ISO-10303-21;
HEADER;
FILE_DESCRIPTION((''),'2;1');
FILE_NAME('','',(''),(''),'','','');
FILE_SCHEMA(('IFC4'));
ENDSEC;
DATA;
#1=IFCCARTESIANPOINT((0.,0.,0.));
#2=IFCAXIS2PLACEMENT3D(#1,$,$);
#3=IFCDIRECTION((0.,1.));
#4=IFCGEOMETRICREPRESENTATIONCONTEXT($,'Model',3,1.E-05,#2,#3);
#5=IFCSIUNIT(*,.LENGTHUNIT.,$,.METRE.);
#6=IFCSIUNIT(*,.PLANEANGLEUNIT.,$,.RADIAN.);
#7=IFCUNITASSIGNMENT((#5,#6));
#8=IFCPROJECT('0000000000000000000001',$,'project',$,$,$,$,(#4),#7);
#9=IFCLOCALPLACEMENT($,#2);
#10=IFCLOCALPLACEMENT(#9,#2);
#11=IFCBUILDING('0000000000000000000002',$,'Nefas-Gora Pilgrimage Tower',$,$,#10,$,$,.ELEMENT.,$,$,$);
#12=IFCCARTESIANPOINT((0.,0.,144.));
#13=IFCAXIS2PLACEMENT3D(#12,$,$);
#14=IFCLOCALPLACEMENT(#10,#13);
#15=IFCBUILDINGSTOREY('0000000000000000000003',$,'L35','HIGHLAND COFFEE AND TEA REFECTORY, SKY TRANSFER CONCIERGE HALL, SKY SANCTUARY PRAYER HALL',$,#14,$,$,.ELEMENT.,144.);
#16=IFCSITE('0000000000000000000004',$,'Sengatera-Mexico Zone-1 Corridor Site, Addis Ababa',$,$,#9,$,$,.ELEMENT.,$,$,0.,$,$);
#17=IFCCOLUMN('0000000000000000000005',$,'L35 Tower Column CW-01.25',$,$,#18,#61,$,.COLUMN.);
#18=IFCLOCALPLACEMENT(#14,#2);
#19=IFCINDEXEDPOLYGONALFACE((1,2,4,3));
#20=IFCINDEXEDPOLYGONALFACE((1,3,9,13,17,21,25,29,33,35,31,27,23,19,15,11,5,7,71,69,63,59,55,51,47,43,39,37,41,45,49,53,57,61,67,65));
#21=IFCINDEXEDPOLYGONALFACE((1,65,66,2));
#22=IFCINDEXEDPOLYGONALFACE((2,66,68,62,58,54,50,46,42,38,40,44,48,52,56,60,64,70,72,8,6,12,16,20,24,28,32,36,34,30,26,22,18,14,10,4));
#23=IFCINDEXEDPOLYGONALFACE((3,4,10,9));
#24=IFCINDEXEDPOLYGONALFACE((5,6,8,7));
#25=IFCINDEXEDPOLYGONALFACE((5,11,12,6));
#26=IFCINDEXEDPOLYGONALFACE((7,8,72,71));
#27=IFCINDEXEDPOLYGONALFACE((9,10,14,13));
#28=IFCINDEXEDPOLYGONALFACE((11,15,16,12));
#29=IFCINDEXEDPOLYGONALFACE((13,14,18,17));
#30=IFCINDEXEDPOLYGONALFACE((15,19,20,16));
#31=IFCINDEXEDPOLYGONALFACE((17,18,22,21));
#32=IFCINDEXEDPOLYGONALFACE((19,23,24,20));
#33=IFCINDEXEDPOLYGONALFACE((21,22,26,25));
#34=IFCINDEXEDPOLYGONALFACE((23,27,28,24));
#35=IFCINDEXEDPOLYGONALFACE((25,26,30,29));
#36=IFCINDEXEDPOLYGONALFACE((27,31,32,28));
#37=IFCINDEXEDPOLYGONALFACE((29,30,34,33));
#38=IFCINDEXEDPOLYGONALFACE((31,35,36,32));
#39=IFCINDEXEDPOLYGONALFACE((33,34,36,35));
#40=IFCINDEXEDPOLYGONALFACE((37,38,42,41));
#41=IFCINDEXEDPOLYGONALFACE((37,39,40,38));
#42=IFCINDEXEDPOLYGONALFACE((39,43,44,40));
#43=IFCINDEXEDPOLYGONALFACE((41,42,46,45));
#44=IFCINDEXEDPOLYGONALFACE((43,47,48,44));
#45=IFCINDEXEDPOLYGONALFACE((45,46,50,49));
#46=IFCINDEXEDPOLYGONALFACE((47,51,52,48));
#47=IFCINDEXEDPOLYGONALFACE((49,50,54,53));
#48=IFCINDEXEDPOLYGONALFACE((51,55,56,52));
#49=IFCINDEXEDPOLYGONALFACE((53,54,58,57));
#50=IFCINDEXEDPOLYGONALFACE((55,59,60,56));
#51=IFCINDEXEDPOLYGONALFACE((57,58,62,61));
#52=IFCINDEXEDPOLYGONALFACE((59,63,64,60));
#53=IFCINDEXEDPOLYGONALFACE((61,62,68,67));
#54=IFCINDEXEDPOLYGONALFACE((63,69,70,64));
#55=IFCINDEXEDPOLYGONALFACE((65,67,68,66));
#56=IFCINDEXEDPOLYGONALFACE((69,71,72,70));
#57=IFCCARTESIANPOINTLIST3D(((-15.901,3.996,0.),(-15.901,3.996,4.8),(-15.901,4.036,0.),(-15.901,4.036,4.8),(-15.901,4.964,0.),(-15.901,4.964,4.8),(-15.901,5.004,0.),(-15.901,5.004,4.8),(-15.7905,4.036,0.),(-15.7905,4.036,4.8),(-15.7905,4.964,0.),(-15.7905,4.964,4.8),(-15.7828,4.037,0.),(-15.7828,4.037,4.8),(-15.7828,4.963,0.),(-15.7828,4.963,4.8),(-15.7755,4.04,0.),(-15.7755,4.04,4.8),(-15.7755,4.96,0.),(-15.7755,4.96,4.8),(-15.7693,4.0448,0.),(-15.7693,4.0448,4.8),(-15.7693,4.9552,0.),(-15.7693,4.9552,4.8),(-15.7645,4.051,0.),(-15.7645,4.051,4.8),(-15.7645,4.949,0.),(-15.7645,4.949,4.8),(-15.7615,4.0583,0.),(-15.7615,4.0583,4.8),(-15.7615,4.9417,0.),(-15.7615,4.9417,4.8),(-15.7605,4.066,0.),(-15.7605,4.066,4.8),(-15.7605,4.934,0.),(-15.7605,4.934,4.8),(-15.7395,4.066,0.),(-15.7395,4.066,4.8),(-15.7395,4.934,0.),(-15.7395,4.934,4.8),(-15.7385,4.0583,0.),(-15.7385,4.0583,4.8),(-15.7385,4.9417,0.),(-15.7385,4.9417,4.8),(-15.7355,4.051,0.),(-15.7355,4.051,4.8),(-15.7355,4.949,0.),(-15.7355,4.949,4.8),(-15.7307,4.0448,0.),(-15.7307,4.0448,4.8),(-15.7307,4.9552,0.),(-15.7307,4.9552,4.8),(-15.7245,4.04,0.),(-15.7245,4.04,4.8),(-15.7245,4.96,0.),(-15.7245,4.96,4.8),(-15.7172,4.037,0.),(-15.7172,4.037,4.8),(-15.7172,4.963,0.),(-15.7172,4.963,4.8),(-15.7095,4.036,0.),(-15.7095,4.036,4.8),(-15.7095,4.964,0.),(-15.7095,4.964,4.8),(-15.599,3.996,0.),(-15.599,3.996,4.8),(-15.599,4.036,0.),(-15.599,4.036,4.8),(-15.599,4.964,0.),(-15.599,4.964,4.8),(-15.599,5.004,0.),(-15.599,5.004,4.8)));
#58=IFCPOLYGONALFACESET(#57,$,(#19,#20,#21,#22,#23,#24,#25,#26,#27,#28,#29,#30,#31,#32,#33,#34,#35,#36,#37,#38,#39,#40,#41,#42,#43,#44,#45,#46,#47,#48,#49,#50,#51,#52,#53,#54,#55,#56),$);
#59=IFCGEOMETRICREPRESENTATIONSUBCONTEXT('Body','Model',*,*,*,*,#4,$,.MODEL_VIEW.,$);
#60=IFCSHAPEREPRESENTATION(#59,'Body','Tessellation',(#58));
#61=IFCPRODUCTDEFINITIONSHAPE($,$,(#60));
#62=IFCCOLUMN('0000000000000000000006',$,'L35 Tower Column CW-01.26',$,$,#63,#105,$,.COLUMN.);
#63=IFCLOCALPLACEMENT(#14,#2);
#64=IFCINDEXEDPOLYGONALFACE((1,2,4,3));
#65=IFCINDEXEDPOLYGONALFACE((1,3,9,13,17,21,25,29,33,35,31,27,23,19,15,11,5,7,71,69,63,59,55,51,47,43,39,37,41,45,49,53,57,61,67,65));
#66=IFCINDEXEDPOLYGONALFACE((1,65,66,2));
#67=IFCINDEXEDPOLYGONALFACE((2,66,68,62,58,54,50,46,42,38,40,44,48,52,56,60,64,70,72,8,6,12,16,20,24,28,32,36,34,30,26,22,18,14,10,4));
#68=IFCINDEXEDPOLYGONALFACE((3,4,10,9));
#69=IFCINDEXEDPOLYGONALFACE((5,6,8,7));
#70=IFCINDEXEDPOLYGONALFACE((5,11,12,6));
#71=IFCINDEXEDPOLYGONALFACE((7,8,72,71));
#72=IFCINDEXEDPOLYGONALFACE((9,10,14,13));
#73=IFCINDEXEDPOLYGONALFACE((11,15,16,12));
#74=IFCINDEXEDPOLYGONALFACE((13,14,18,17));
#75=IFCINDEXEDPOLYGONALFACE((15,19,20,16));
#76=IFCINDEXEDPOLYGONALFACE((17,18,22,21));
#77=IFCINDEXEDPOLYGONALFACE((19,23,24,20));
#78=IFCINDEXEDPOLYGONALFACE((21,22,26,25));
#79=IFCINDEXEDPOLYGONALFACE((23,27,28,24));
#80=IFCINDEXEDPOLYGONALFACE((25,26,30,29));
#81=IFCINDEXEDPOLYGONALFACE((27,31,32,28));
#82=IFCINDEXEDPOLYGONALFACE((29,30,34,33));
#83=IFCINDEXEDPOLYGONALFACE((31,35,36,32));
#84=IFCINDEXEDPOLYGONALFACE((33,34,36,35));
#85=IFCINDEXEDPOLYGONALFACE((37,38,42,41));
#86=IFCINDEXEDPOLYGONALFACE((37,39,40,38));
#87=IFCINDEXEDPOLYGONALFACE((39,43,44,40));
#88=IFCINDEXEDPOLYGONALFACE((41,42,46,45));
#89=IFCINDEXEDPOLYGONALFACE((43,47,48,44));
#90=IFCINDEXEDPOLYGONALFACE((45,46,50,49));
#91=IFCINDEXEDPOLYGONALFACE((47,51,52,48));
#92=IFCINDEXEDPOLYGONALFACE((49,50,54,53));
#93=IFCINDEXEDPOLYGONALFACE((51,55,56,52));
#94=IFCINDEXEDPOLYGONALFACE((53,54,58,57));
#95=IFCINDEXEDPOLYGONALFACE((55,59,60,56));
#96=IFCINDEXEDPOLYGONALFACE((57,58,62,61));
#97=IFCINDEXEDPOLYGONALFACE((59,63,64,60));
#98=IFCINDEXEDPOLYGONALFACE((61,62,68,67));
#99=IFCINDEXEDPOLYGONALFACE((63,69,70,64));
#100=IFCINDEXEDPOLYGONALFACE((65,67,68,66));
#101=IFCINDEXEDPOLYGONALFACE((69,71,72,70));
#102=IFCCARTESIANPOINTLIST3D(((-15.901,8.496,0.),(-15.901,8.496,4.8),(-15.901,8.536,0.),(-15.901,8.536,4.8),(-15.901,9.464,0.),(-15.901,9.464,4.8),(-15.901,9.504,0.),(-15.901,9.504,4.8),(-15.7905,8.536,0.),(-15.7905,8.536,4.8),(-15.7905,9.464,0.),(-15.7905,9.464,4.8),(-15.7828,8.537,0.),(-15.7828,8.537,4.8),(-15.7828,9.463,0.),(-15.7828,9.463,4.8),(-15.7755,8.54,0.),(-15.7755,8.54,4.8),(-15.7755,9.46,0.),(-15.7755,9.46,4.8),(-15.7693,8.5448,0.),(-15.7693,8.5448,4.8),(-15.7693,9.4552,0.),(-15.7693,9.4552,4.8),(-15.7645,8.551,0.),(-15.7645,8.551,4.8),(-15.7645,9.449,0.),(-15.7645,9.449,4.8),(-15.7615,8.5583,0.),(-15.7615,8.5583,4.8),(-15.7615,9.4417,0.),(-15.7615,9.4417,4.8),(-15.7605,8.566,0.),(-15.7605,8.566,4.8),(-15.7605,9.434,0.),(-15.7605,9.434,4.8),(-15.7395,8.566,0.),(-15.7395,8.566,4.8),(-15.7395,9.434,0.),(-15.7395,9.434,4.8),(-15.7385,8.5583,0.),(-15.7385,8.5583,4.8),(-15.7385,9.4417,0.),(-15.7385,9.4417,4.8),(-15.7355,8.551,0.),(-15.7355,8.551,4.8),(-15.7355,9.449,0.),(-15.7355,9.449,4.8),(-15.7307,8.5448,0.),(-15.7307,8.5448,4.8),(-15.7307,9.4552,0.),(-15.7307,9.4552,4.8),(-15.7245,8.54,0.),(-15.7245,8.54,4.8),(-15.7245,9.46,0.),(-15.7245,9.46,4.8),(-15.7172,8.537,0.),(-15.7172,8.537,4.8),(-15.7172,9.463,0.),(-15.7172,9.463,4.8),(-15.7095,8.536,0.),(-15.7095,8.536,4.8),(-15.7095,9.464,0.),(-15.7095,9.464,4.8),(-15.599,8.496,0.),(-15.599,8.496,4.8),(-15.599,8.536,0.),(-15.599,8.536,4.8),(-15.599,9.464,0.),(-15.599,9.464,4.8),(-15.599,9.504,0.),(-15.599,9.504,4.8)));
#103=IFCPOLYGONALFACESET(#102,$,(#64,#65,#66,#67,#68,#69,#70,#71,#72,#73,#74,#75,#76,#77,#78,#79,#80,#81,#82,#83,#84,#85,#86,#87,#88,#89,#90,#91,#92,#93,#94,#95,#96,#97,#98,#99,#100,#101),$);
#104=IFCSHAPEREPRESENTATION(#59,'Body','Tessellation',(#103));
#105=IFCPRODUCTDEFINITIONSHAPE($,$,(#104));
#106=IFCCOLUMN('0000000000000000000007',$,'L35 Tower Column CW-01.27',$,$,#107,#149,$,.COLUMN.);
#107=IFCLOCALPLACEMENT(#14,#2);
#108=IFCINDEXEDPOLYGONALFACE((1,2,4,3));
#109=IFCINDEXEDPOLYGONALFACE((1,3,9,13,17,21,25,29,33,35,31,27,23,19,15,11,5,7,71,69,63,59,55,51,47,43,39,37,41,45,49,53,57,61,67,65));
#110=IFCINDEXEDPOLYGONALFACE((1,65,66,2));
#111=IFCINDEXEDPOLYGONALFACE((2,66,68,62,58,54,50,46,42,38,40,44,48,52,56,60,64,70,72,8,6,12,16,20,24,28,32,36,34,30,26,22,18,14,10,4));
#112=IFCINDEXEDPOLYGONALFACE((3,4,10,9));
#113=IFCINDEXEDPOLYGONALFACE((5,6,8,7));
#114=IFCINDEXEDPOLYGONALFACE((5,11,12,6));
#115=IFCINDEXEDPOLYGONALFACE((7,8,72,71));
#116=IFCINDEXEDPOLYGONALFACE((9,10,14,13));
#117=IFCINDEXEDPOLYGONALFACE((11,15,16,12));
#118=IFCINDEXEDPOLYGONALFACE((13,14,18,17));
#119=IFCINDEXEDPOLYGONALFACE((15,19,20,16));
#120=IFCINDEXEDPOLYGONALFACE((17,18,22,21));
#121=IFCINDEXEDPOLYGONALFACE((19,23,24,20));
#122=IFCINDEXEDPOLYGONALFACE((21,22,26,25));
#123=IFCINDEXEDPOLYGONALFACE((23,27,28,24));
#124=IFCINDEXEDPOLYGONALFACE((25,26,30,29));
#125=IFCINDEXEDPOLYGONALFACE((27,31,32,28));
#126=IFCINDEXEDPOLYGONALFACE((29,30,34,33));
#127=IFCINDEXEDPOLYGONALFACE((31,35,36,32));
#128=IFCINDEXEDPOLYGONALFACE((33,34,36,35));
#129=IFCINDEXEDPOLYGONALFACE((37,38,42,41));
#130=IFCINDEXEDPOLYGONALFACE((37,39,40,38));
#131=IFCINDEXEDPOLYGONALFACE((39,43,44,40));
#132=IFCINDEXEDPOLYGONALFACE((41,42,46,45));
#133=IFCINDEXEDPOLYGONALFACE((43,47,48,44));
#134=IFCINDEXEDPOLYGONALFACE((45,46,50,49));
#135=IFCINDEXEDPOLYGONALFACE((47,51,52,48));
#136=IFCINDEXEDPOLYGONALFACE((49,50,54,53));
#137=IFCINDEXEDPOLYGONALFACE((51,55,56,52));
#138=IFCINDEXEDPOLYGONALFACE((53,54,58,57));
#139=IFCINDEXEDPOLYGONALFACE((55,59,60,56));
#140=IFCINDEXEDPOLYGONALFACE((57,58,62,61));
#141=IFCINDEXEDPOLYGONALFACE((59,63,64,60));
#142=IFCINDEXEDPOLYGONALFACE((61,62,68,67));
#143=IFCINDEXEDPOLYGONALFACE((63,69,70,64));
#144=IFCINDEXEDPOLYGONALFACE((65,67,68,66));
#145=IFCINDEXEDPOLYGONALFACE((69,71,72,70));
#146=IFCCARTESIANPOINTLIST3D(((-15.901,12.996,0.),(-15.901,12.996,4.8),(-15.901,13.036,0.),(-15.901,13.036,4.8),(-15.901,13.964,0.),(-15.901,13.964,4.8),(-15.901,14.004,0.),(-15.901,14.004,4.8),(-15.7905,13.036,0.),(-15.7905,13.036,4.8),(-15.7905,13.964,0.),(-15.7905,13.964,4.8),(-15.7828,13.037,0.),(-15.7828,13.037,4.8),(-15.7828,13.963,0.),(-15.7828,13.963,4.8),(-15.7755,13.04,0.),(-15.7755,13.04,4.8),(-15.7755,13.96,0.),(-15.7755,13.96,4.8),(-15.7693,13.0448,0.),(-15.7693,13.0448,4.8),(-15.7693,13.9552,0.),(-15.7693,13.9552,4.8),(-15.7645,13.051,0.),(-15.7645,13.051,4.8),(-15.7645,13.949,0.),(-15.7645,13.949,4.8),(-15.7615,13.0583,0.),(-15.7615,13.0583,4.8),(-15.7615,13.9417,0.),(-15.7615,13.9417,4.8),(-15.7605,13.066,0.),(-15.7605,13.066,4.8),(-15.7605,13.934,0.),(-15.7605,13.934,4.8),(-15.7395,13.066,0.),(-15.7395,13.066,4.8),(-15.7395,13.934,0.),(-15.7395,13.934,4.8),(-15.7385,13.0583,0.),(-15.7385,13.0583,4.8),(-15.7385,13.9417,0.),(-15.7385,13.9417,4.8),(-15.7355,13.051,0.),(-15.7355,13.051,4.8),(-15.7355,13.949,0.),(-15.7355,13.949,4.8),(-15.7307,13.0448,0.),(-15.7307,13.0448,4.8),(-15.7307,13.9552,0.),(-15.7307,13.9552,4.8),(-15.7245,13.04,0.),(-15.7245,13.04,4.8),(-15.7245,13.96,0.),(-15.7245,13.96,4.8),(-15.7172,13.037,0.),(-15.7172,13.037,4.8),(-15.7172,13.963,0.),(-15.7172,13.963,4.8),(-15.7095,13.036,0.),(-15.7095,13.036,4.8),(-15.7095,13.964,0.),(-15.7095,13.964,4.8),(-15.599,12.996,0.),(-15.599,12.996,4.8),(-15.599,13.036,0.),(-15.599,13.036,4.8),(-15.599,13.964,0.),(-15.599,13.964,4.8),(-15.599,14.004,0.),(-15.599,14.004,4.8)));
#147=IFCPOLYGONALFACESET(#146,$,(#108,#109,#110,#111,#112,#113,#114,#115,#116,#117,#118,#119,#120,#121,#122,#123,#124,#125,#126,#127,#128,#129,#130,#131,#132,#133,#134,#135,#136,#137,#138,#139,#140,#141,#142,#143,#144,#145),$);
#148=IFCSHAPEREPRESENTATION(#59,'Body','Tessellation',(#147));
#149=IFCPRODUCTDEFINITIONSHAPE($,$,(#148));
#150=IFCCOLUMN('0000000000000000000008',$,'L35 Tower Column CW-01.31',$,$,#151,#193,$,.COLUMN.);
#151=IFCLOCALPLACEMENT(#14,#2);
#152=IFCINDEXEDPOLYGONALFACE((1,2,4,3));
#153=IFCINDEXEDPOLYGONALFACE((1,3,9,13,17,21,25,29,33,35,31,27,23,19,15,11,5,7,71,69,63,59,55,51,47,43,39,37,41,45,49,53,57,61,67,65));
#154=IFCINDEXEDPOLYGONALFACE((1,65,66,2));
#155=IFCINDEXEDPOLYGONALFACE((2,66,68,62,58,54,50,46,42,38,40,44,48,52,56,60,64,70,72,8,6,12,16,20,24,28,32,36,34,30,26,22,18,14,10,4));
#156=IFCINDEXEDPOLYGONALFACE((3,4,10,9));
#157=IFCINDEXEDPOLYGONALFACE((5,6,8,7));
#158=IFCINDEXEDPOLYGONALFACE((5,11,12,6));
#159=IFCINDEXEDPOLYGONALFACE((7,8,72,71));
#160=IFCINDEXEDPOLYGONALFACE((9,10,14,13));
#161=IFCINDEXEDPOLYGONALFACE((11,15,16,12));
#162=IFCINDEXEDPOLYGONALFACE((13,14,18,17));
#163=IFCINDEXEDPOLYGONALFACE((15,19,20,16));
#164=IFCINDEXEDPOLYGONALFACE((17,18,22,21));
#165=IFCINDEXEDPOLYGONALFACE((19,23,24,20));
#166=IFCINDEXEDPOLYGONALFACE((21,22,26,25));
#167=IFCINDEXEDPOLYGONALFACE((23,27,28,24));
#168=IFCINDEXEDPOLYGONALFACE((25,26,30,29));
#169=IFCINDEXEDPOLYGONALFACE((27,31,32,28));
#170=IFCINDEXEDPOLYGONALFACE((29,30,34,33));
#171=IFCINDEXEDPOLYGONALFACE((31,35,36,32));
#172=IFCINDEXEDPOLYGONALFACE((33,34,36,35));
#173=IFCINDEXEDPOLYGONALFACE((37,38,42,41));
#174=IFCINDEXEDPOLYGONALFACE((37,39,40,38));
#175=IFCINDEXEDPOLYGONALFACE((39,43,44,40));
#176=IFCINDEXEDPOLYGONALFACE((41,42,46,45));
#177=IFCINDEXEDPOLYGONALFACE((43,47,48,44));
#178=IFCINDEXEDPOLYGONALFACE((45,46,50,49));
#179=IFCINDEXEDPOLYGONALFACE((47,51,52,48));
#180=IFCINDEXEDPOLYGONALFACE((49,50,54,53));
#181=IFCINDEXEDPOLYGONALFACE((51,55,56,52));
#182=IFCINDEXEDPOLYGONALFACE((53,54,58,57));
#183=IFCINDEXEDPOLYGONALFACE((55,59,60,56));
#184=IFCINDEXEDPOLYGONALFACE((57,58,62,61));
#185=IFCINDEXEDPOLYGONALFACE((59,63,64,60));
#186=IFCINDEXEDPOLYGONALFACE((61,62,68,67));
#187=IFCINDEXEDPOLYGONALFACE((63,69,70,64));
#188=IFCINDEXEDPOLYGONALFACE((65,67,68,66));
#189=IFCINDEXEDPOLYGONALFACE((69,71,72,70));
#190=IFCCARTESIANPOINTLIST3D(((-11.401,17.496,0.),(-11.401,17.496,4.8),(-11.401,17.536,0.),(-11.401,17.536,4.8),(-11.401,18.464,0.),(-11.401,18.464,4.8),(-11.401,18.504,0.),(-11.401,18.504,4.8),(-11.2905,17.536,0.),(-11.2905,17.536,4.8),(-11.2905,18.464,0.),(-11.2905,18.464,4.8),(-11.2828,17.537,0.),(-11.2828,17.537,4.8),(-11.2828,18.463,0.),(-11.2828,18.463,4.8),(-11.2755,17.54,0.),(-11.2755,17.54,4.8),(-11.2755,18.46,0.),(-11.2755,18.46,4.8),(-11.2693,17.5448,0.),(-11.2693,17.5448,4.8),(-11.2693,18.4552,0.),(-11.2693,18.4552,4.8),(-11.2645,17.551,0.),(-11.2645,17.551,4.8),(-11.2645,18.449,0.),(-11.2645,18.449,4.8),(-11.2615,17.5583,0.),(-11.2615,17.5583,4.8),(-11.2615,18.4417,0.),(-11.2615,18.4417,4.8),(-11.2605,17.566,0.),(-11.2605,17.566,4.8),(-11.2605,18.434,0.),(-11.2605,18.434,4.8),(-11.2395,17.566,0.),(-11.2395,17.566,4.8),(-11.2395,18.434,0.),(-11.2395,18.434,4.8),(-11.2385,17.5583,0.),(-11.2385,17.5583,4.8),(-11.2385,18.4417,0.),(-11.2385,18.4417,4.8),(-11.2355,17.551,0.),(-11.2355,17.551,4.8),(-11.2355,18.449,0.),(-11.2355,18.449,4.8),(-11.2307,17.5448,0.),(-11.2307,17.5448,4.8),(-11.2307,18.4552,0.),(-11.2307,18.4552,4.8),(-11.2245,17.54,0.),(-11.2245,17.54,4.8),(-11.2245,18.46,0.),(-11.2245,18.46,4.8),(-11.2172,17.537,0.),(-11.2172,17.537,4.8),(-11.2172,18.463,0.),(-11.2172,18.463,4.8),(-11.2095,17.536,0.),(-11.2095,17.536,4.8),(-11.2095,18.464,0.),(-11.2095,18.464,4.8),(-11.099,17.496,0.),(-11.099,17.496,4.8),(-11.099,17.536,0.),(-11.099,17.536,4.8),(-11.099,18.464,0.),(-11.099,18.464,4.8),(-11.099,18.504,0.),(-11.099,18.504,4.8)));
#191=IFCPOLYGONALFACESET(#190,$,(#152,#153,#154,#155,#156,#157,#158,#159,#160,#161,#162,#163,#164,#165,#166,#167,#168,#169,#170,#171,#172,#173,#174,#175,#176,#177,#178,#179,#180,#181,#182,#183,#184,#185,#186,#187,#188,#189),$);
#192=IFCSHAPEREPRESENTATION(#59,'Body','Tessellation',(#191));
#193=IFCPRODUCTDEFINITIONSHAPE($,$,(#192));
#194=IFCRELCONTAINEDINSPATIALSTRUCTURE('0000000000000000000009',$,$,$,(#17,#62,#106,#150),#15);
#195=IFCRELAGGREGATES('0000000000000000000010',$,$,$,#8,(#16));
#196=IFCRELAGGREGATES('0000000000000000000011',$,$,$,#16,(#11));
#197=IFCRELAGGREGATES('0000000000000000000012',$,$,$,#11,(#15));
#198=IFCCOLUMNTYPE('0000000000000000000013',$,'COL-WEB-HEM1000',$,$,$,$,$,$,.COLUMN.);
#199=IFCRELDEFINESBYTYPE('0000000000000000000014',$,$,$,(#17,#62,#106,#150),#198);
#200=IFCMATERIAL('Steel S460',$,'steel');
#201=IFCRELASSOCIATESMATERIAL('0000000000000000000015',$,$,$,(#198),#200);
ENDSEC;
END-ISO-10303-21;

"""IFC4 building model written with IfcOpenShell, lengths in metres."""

from ifc_helpers import new_model, si_unit, direction, frame, origin, origin_2d, place, context, subcontext, project, spatial, i_section, extrude, source, transform, mapped, material, material_profile, profile_set, type_object, element, save


model = new_model("IFC4")

# Units and contexts
model_context = context("Model", 3, precision=1e-05, world=origin(), true_north=direction((0.0, 1.0)))
body_context = subcontext(model_context, "Body", "Model", "MODEL_VIEW")
ifc_project = project(units=[si_unit("LENGTHUNIT", "METRE"), si_unit("PLANEANGLEUNIT", "RADIAN")], contexts=[model_context])

# Site, building, storey
site_placement = place(None, origin())
site = spatial("IfcSite", under=ifc_project, at=site_placement, Name="Sengatera-Mexico Zone-1 Corridor Site, Addis Ababa", CompositionType="ELEMENT", RefElevation=0.0)
building_placement = place(site_placement, origin())
building = spatial("IfcBuilding", under=site, at=building_placement, Name="Nefas-Gora Pilgrimage Tower", CompositionType="ELEMENT")
storey_placement = place(building_placement, frame((0.0, 0.0, 144.0)))
storey = spatial("IfcBuildingStorey", under=building, at=storey_placement, Name="L35", Description="HIGHLAND COFFEE AND TEA REFECTORY, SKY TRANSFER CONCIERGE HALL, SKY SANCTUARY PRAYER HALL", CompositionType="ELEMENT", Elevation=144.0)

# Columns
ifc_material_1 = material(Name="Steel S460", Category="steel")
ifc_material_profile_1 = material_profile(ifc_material_1, i_section(OverallWidth=0.302, OverallDepth=1.0081, WebThickness=0.021, FlangeThickness=0.04, FilletRadius=0.03, at=origin_2d()), Name="HEM 1000")
ifc_profile_set_1 = profile_set([ifc_material_profile_1], Name="Steel S460")
column_type_1 = type_object("IfcColumnType", Name="COL-WEB-HEM1000", PredefinedType="COLUMN", material=ifc_profile_set_1)
shared_shape_1 = source(origin(), body_context, "Body", "SweptSolid", [
    extrude(i_section(OverallWidth=0.302, OverallDepth=1.0081, WebThickness=0.021, FlangeThickness=0.04, FilletRadius=0.03, at=origin_2d()), origin(), (0.0, 0.0, 1.0), 4.8),
])
for number, where, z_axis, x_axis, name in (
    (1, (-15.75, 4.5, 0.0), (0.0, 0.0, 1.0), (1.0, 0.0, 0.0), "L35 Tower Column CW-01.25"),
    (2, (-15.75, 9.0, 0.0), (0.0, 0.0, 1.0), (1.0, 0.0, 0.0), "L35 Tower Column CW-01.26"),
    (3, (-15.75, 13.5, 0.0), (0.0, 0.0, 1.0), (1.0, 0.0, 0.0), "L35 Tower Column CW-01.27"),
    (4, (-11.25, 18.0, 0.0), (0.0, 0.0, 1.0), (1.0, 0.0, 0.0), "L35 Tower Column CW-01.31"),
):
    element("IfcColumn", number, at=place(storey_placement, frame(where, z_axis=z_axis, x_axis=x_axis)), inside=storey, type_object=column_type_1, Name=name, PredefinedType="COLUMN", context=body_context, shape_type="MappedRepresentation", body=[
        mapped(shared_shape_1, transform((0.0, 0.0, 0.0), x_axis=(1.0, 0.0, 0.0), y_axis=(0.0, 1.0, 0.0), z_axis=(0.0, 0.0, 1.0), scale=1.0)),
    ])

save(model, "model.ifc")
